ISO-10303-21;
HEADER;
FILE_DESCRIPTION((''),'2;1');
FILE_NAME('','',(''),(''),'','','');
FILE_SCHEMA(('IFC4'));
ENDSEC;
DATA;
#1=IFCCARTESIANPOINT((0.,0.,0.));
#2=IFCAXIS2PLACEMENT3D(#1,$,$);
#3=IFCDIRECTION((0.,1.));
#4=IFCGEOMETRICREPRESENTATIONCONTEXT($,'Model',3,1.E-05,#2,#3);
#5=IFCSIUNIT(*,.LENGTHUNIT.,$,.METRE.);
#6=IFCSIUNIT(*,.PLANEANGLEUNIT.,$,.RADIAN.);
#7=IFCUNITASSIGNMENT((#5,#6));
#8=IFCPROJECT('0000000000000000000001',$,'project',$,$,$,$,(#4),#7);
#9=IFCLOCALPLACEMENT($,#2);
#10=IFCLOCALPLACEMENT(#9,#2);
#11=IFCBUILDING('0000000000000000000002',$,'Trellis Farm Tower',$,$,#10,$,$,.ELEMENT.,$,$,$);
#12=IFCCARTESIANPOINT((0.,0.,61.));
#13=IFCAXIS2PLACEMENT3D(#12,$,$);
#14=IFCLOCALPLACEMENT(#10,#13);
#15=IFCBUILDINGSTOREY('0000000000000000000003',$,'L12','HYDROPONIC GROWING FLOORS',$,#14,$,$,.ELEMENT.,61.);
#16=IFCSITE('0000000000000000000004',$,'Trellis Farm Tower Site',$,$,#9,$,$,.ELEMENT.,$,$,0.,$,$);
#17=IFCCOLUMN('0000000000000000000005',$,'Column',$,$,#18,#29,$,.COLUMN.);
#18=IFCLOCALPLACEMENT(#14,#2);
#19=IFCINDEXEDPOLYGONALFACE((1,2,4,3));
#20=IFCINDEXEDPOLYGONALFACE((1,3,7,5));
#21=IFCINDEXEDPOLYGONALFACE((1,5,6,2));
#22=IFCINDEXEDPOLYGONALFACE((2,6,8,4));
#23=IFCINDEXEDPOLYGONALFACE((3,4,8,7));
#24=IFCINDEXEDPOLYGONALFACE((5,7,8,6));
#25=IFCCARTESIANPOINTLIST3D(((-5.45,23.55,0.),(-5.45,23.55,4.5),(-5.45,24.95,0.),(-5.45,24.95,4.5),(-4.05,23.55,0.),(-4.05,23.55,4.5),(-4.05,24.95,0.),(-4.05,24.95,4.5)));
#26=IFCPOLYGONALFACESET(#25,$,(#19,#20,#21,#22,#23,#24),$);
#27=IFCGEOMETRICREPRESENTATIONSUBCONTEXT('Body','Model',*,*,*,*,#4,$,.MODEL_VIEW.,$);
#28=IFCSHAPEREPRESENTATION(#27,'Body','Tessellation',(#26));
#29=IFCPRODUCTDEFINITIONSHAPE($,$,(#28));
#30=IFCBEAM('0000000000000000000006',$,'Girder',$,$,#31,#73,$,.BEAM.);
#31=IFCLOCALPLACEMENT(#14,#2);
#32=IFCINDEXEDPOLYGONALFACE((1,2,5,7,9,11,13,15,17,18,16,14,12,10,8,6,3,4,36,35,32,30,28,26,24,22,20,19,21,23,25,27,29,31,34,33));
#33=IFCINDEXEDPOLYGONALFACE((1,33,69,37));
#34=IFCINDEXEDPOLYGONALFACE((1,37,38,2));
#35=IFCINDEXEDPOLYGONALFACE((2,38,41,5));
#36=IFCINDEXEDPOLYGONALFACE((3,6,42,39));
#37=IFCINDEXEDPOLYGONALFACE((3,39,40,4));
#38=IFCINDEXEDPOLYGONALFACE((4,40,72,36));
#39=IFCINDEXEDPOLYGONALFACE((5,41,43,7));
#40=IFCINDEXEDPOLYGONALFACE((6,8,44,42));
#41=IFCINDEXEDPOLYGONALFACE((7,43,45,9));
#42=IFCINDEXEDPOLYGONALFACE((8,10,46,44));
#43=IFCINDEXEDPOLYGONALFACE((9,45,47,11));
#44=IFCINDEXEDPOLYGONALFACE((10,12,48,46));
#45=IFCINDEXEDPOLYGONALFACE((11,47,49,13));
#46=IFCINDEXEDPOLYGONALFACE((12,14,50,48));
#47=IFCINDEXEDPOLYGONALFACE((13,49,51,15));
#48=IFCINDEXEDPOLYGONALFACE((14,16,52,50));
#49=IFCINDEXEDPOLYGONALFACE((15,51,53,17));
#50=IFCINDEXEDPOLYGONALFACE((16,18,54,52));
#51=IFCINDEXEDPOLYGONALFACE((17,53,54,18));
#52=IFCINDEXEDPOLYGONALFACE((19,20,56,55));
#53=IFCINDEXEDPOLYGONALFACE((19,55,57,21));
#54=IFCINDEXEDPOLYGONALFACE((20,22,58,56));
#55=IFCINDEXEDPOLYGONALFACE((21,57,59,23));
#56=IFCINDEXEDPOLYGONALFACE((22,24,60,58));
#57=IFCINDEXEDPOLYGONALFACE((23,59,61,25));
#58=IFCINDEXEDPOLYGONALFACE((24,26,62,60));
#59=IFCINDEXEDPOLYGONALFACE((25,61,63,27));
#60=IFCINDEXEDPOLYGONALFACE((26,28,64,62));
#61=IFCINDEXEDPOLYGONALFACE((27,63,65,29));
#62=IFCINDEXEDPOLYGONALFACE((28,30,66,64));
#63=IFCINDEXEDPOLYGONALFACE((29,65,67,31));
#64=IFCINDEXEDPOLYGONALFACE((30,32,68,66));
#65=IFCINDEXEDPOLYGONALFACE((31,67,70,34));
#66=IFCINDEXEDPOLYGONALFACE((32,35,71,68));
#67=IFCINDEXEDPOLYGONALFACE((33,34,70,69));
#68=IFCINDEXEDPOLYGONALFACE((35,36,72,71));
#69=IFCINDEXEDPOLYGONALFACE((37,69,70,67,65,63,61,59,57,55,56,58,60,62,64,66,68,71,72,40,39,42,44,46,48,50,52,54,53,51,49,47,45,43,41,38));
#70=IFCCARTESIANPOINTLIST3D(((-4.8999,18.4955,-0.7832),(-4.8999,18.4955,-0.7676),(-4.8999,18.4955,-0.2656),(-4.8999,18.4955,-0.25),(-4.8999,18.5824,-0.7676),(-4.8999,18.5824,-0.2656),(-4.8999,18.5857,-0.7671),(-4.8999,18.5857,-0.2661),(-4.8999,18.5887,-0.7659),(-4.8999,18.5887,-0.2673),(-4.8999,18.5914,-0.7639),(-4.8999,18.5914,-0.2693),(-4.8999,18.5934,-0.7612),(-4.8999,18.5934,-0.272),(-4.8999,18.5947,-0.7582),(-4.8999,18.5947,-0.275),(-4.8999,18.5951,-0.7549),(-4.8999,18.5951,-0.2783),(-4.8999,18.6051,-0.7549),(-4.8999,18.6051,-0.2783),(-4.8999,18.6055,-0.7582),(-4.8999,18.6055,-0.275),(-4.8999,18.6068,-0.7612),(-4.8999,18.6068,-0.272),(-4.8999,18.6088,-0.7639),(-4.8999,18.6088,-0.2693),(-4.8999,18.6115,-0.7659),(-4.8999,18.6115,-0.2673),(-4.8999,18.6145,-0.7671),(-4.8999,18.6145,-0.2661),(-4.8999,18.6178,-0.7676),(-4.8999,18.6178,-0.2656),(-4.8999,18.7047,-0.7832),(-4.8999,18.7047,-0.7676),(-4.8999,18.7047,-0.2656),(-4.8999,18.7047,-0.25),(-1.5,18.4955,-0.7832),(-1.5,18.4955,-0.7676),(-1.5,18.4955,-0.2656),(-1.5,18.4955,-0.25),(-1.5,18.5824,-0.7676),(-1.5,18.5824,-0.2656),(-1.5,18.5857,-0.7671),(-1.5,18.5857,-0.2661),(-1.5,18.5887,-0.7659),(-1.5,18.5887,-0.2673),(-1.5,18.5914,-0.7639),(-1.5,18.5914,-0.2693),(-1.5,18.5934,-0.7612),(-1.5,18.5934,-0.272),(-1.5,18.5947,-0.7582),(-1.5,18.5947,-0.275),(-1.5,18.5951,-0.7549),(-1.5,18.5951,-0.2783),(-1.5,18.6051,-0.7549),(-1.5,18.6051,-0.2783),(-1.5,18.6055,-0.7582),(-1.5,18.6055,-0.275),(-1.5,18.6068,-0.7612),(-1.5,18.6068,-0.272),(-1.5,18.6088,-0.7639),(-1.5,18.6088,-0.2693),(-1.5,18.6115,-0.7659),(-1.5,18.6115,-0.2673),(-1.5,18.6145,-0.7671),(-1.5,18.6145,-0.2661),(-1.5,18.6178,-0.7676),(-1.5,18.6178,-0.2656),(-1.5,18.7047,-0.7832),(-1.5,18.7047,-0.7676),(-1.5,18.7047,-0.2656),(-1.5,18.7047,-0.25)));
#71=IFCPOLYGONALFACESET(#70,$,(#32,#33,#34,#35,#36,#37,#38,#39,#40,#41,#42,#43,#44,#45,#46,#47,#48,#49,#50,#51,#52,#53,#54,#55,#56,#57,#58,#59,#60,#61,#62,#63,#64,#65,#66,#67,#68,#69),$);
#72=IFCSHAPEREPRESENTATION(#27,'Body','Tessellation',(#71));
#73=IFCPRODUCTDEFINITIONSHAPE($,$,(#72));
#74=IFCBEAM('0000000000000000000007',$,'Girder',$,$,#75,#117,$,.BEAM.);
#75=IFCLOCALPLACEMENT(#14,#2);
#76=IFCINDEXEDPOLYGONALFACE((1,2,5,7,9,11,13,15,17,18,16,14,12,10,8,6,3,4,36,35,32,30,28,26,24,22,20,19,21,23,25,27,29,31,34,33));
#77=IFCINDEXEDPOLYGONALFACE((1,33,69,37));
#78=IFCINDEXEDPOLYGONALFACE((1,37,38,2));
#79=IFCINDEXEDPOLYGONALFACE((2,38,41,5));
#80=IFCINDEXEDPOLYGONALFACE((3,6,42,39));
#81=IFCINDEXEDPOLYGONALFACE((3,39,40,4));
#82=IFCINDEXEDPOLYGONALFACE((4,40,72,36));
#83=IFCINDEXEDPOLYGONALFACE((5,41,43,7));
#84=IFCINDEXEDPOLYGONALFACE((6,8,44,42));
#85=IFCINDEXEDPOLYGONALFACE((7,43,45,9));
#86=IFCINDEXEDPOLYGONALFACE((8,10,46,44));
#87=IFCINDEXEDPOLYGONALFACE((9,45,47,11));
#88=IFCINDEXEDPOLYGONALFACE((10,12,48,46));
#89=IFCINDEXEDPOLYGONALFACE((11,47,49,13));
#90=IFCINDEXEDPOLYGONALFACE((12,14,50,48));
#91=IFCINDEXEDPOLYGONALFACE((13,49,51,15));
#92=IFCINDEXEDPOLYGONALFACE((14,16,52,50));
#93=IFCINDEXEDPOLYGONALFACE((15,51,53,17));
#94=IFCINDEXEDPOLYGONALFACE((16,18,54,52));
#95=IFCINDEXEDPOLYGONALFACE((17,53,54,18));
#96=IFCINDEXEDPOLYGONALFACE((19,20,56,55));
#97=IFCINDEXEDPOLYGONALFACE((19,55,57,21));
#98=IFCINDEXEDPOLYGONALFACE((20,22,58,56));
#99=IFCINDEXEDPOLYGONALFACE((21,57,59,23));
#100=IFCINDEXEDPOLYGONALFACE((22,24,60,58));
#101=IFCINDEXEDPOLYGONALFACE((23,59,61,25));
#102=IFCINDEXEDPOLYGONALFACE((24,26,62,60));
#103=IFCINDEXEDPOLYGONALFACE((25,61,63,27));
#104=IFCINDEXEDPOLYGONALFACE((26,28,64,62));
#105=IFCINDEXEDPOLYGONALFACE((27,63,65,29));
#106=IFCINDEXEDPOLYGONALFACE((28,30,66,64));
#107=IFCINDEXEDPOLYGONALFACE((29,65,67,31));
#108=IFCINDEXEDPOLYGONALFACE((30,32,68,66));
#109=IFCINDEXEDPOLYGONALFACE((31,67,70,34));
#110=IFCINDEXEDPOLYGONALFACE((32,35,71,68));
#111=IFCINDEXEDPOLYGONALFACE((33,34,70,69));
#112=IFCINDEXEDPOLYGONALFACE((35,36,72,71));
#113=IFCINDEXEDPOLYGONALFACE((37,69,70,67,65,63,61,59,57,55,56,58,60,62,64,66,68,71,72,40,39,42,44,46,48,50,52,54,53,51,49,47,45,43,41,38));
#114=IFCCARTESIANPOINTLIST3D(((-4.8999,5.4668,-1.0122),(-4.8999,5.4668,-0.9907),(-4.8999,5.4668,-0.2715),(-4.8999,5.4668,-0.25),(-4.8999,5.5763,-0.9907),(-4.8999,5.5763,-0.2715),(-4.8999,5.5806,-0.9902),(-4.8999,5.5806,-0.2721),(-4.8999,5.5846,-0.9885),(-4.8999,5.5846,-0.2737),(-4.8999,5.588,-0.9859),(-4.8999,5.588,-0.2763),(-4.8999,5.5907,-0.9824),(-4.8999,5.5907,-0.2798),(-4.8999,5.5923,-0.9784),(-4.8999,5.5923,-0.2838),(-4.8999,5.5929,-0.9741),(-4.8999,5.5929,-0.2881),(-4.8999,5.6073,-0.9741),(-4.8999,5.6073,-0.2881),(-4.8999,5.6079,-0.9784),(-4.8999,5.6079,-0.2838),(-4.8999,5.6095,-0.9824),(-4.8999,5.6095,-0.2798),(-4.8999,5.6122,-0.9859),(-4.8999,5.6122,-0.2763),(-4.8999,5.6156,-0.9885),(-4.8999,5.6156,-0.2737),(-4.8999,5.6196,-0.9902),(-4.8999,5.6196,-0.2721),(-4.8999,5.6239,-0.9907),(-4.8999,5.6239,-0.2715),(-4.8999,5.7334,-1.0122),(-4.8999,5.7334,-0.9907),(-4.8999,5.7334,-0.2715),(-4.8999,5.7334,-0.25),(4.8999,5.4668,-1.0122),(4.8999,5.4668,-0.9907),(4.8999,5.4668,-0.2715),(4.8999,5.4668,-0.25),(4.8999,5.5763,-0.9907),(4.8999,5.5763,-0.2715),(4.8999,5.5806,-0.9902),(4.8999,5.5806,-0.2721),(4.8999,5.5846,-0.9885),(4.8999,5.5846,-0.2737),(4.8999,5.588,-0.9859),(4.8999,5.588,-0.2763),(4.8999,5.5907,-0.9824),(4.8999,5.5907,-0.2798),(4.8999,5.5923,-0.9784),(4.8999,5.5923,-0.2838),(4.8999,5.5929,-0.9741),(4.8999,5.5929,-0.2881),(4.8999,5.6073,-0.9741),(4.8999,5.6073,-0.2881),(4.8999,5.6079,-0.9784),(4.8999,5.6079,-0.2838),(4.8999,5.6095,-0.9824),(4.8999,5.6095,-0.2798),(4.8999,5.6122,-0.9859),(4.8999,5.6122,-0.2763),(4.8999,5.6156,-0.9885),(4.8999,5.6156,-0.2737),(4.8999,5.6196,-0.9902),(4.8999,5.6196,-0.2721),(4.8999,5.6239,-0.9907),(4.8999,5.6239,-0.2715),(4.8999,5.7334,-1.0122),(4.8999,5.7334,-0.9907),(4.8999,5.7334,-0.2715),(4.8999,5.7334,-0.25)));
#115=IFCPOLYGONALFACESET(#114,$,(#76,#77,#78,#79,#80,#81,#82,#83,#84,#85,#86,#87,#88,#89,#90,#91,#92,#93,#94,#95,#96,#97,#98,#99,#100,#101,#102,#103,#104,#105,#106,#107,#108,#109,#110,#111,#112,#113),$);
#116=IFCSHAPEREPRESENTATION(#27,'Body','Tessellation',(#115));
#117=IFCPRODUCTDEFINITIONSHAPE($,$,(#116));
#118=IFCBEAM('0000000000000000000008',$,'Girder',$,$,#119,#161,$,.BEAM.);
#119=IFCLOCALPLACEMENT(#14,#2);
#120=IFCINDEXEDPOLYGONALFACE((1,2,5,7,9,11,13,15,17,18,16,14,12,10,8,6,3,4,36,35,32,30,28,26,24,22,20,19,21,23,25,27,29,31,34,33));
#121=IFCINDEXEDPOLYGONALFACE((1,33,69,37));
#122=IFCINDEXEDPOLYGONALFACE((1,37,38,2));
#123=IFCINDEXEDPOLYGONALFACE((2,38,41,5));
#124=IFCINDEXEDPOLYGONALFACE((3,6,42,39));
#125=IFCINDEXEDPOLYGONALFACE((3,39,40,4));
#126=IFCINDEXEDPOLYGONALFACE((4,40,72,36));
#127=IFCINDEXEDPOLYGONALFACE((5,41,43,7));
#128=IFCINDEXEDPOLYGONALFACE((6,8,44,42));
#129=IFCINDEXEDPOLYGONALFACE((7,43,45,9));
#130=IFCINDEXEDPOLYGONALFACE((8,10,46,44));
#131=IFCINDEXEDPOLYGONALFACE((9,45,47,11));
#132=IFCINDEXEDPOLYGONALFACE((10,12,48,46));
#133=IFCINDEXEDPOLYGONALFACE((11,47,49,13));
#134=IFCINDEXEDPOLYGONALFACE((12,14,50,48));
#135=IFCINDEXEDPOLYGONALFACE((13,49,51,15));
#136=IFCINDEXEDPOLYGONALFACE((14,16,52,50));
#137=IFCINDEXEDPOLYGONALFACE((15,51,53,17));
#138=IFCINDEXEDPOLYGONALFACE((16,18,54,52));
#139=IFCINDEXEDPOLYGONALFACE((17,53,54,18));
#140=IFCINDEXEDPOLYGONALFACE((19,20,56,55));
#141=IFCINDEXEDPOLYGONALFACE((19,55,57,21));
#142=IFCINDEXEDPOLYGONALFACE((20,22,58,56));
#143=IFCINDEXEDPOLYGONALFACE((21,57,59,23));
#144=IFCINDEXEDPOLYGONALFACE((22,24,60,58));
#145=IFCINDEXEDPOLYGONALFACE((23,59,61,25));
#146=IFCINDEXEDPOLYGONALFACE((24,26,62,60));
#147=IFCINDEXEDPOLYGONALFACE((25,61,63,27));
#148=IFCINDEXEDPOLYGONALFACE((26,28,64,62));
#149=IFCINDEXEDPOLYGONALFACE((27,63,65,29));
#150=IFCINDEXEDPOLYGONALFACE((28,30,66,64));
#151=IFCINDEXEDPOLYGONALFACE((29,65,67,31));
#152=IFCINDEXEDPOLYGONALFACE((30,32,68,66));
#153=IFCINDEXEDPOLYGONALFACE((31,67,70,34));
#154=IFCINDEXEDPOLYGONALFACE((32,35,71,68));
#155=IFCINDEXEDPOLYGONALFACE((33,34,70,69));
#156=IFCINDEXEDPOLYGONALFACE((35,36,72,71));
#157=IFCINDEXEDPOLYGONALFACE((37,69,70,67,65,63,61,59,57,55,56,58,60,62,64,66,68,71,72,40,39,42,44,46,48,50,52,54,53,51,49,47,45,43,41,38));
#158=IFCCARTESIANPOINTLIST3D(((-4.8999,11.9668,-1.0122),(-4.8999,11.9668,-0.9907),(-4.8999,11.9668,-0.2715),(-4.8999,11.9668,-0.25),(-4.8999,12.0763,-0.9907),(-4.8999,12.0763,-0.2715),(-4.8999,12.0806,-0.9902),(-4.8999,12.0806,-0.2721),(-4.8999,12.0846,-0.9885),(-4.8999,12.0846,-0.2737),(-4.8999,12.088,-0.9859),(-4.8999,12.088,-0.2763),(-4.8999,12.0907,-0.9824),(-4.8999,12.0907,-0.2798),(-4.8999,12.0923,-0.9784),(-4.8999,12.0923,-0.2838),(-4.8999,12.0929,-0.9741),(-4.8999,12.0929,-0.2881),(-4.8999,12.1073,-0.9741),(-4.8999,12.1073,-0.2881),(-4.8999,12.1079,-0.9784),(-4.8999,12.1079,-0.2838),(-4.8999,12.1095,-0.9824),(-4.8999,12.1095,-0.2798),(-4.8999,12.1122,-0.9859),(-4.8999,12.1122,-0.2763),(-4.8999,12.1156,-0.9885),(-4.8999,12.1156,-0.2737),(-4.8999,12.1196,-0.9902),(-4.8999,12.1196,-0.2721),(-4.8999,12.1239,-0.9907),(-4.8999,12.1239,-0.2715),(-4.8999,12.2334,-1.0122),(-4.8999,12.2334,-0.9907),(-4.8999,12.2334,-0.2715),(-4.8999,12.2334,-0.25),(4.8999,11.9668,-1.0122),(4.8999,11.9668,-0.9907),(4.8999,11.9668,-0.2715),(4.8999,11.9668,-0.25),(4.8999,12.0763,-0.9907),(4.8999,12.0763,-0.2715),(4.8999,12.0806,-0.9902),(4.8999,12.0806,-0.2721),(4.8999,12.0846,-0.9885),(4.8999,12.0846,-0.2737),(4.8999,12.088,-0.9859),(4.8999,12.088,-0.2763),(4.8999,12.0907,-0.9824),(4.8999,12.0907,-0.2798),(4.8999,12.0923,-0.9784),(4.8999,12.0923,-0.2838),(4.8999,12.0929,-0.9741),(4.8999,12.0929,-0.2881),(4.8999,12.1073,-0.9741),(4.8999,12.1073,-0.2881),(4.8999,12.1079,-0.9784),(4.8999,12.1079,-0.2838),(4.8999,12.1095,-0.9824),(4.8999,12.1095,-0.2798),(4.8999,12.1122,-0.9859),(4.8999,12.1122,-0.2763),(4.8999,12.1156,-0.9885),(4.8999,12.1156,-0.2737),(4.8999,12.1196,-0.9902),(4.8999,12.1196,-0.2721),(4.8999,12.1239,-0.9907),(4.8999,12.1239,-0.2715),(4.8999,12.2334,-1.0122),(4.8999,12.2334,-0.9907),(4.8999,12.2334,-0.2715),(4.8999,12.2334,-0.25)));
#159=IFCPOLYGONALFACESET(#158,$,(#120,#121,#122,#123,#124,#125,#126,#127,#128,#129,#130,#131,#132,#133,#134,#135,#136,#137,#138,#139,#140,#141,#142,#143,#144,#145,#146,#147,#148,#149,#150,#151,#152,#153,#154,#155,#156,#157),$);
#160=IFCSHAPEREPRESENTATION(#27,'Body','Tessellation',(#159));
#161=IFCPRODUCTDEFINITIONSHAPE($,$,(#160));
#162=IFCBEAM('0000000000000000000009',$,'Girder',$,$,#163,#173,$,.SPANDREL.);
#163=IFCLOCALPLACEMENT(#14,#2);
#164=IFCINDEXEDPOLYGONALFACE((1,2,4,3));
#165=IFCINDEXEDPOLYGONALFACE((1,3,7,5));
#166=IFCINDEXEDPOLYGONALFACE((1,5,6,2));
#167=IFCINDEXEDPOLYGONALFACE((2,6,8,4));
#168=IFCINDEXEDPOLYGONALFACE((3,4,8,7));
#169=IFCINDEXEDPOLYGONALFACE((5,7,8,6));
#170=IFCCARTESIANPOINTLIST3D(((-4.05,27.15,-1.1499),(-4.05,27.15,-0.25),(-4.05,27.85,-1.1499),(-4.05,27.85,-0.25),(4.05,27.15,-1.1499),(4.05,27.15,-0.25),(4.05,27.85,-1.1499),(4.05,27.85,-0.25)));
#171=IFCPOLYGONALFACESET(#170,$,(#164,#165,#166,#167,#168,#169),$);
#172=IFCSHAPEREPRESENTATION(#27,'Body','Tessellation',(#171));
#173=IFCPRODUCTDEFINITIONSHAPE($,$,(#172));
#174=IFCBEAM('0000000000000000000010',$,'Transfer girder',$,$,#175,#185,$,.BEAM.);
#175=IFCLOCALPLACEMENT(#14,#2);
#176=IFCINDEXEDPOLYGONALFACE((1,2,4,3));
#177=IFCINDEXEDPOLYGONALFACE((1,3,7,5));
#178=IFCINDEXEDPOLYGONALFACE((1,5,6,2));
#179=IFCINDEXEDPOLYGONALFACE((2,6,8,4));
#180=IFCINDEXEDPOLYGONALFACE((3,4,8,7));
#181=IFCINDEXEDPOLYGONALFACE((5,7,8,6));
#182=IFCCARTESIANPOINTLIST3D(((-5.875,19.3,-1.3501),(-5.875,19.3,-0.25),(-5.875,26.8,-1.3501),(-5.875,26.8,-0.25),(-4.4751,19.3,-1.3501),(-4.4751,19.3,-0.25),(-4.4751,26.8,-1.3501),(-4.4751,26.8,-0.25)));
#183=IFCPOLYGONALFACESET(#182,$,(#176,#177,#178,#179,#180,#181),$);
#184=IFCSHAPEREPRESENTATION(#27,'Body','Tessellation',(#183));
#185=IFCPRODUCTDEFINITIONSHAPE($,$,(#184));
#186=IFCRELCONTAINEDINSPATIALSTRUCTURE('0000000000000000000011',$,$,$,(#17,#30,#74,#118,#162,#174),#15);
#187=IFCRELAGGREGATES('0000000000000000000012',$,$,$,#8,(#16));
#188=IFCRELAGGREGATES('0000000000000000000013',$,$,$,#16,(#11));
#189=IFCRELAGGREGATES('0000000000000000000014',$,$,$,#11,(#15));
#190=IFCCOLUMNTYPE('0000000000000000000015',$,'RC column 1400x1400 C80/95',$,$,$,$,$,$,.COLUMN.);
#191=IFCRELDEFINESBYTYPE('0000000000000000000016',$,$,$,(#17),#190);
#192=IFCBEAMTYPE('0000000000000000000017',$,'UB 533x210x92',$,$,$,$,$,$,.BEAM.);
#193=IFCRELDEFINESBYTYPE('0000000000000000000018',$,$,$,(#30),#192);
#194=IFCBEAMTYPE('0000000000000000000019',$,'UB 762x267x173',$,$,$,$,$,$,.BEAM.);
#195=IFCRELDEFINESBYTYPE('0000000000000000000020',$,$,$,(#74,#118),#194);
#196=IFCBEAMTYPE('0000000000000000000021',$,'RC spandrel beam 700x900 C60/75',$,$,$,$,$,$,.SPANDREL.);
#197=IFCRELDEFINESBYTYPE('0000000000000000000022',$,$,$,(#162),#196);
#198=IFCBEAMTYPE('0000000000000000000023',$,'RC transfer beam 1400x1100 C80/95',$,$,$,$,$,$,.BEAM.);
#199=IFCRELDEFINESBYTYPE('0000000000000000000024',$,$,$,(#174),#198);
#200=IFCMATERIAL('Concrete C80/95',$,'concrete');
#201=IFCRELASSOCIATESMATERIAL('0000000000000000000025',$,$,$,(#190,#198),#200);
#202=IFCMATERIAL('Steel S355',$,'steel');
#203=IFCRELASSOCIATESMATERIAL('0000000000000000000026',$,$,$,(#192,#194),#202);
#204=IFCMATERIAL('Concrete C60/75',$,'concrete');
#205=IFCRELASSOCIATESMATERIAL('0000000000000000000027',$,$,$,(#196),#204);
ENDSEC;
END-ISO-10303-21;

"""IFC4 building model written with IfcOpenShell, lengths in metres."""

from ifc_helpers import new_model, si_unit, direction, frame, origin, origin_2d, place, context, subcontext, project, spatial, rectangle, i_section, extrude, source, transform, mapped, material, material_profile, profile_set, type_object, element, save


model = new_model("IFC4")

# Units and contexts
model_context = context("Model", 3, precision=1e-05, world=origin(), true_north=direction((0.0, 1.0)))
body_context = subcontext(model_context, "Body", "Model", "MODEL_VIEW")
ifc_project = project(units=[si_unit("LENGTHUNIT", "METRE"), si_unit("PLANEANGLEUNIT", "RADIAN")], contexts=[model_context])

# Site, building, storey
site_placement = place(None, origin())
site = spatial("IfcSite", under=ifc_project, at=site_placement, Name="Trellis Farm Tower Site", CompositionType="ELEMENT", RefElevation=0.0)
building_placement = place(site_placement, origin())
building = spatial("IfcBuilding", under=site, at=building_placement, Name="Trellis Farm Tower", CompositionType="ELEMENT")
storey_placement = place(building_placement, frame((0.0, 0.0, 61.0)))
storey = spatial("IfcBuildingStorey", under=building, at=storey_placement, Name="L12", Description="HYDROPONIC GROWING FLOORS", CompositionType="ELEMENT", Elevation=61.0)

# Column
ifc_material_1 = material(Name="Concrete C80/95", Category="concrete")
ifc_material_profile_1 = material_profile(ifc_material_1, rectangle(XDim=1.3999, YDim=1.3999, at=origin_2d()), Name="RC column 1400x1400 C80/95")
ifc_profile_set_1 = profile_set([ifc_material_profile_1], Name="Concrete C80/95")
column_type = type_object("IfcColumnType", Name="RC column 1400x1400 C80/95", PredefinedType="COLUMN", material=ifc_profile_set_1)
shared_shape_1 = source(origin(), body_context, "Body", "SweptSolid", [
    extrude(rectangle(XDim=1.3999, YDim=1.3999, at=origin_2d()), origin(), (0.0, 0.0, 1.0), 4.5),
])
column_placement = place(storey_placement, frame((-4.75, 24.25, 0.0), z_axis=(0.0, 0.0, 1.0), x_axis=(1.0, 0.0, 0.0)))
element("IfcColumn", 1, at=column_placement, inside=storey, type_object=column_type, Name="Column", PredefinedType="COLUMN", context=body_context, shape_type="MappedRepresentation", body=[
    mapped(shared_shape_1, transform((0.0, 0.0, 0.0))),
])

# Beams
ifc_material_2 = material(Name="Steel S355", Category="steel")
ifc_material_profile_2 = material_profile(ifc_material_2, i_section(OverallWidth=0.2092, OverallDepth=0.5332, WebThickness=0.01, FlangeThickness=0.0156, FilletRadius=0.0127, at=origin_2d()), Name="UB 533x210x92")
ifc_profile_set_2 = profile_set([ifc_material_profile_2], Name="Steel S355")
beam_type_1 = type_object("IfcBeamType", Name="UB 533x210x92", PredefinedType="BEAM", material=ifc_profile_set_2)
shared_shape_2 = source(origin(), body_context, "Body", "SweptSolid", [
    extrude(i_section(OverallWidth=0.2092, OverallDepth=0.5332, WebThickness=0.01, FlangeThickness=0.0156, FilletRadius=0.0127, at=origin_2d()), origin(), (0.0, 0.0, 1.0), 3.3999),
])
beam_1_placement = place(storey_placement, frame((-4.8999, 18.6001, -0.5166), z_axis=(1.0, 0.0, 0.0), x_axis=(0.0, 1.0, 0.0)))
element("IfcBeam", 2, at=beam_1_placement, inside=storey, type_object=beam_type_1, Name="Girder", PredefinedType="BEAM", context=body_context, shape_type="MappedRepresentation", body=[
    mapped(shared_shape_2, transform((0.0, 0.0, 0.0))),
])
ifc_material_profile_3 = material_profile(ifc_material_2, i_section(OverallWidth=0.2666, OverallDepth=0.7622, WebThickness=0.0144, FlangeThickness=0.0215, FilletRadius=0.0166, at=origin_2d()), Name="UB 762x267x173")
ifc_profile_set_3 = profile_set([ifc_material_profile_3], Name="Steel S355")
beam_type_2 = type_object("IfcBeamType", Name="UB 762x267x173", PredefinedType="BEAM", material=ifc_profile_set_3)
shared_shape_3 = source(origin(), body_context, "Body", "SweptSolid", [
    extrude(i_section(OverallWidth=0.2666, OverallDepth=0.7622, WebThickness=0.0144, FlangeThickness=0.0215, FilletRadius=0.0166, at=origin_2d()), origin(), (0.0, 0.0, 1.0), 9.7998),
])
for number, where, z_axis, x_axis, name in (
    (3, (-4.8999, 5.6001, -0.6311), (1.0, 0.0, 0.0), (0.0, 1.0, 0.0), "Girder"),
    (4, (-4.8999, 12.1001, -0.6311), (1.0, 0.0, 0.0), (0.0, 1.0, 0.0), "Girder"),
):
    element("IfcBeam", number, at=place(storey_placement, frame(where, z_axis=z_axis, x_axis=x_axis)), inside=storey, type_object=beam_type_2, Name=name, PredefinedType="BEAM", context=body_context, shape_type="MappedRepresentation", body=[
        mapped(shared_shape_3, transform((0.0, 0.0, 0.0))),
    ])
ifc_material_3 = material(Name="Concrete C60/75", Category="concrete")
ifc_material_profile_4 = material_profile(ifc_material_3, rectangle(XDim=0.7, YDim=0.8999, at=origin_2d()), Name="RC spandrel beam 700x900 C60/75")
ifc_profile_set_4 = profile_set([ifc_material_profile_4], Name="Concrete C60/75")
beam_type_3 = type_object("IfcBeamType", Name="RC spandrel beam 700x900 C60/75", PredefinedType="SPANDREL", material=ifc_profile_set_4)
shared_shape_4 = source(origin(), body_context, "Body", "SweptSolid", [
    extrude(rectangle(XDim=0.7, YDim=0.8999, at=origin_2d()), origin(), (0.0, 0.0, 1.0), 8.1001),
])
beam_2_placement = place(storey_placement, frame((-4.05, 27.5, -0.7), z_axis=(1.0, 0.0, 0.0), x_axis=(0.0, 1.0, 0.0)))
element("IfcBeam", 5, at=beam_2_placement, inside=storey, type_object=beam_type_3, Name="Girder", PredefinedType="SPANDREL", context=body_context, shape_type="MappedRepresentation", body=[
    mapped(shared_shape_4, transform((0.0, 0.0, 0.0))),
])
ifc_material_profile_5 = material_profile(ifc_material_1, rectangle(XDim=1.3999, YDim=1.1001, at=origin_2d()), Name="RC transfer beam 1400x1100 C80/95")
ifc_profile_set_5 = profile_set([ifc_material_profile_5], Name="Concrete C80/95")
beam_type_4 = type_object("IfcBeamType", Name="RC transfer beam 1400x1100 C80/95", PredefinedType="BEAM", material=ifc_profile_set_5)
shared_shape_5 = source(origin(), body_context, "Body", "SweptSolid", [
    extrude(rectangle(XDim=1.3999, YDim=1.1001, at=origin_2d()), origin(), (0.0, 0.0, 1.0), 7.5),
])
beam_3_placement = place(storey_placement, frame((-5.175, 19.3, -0.8), z_axis=(0.0, 1.0, 0.0), x_axis=(-1.0, 0.0, 0.0)))
element("IfcBeam", 6, at=beam_3_placement, inside=storey, type_object=beam_type_4, Name="Transfer girder", PredefinedType="BEAM", context=body_context, shape_type="MappedRepresentation", body=[
    mapped(shared_shape_5, transform((0.0, 0.0, 0.0))),
])

save(model, "model.ifc")
